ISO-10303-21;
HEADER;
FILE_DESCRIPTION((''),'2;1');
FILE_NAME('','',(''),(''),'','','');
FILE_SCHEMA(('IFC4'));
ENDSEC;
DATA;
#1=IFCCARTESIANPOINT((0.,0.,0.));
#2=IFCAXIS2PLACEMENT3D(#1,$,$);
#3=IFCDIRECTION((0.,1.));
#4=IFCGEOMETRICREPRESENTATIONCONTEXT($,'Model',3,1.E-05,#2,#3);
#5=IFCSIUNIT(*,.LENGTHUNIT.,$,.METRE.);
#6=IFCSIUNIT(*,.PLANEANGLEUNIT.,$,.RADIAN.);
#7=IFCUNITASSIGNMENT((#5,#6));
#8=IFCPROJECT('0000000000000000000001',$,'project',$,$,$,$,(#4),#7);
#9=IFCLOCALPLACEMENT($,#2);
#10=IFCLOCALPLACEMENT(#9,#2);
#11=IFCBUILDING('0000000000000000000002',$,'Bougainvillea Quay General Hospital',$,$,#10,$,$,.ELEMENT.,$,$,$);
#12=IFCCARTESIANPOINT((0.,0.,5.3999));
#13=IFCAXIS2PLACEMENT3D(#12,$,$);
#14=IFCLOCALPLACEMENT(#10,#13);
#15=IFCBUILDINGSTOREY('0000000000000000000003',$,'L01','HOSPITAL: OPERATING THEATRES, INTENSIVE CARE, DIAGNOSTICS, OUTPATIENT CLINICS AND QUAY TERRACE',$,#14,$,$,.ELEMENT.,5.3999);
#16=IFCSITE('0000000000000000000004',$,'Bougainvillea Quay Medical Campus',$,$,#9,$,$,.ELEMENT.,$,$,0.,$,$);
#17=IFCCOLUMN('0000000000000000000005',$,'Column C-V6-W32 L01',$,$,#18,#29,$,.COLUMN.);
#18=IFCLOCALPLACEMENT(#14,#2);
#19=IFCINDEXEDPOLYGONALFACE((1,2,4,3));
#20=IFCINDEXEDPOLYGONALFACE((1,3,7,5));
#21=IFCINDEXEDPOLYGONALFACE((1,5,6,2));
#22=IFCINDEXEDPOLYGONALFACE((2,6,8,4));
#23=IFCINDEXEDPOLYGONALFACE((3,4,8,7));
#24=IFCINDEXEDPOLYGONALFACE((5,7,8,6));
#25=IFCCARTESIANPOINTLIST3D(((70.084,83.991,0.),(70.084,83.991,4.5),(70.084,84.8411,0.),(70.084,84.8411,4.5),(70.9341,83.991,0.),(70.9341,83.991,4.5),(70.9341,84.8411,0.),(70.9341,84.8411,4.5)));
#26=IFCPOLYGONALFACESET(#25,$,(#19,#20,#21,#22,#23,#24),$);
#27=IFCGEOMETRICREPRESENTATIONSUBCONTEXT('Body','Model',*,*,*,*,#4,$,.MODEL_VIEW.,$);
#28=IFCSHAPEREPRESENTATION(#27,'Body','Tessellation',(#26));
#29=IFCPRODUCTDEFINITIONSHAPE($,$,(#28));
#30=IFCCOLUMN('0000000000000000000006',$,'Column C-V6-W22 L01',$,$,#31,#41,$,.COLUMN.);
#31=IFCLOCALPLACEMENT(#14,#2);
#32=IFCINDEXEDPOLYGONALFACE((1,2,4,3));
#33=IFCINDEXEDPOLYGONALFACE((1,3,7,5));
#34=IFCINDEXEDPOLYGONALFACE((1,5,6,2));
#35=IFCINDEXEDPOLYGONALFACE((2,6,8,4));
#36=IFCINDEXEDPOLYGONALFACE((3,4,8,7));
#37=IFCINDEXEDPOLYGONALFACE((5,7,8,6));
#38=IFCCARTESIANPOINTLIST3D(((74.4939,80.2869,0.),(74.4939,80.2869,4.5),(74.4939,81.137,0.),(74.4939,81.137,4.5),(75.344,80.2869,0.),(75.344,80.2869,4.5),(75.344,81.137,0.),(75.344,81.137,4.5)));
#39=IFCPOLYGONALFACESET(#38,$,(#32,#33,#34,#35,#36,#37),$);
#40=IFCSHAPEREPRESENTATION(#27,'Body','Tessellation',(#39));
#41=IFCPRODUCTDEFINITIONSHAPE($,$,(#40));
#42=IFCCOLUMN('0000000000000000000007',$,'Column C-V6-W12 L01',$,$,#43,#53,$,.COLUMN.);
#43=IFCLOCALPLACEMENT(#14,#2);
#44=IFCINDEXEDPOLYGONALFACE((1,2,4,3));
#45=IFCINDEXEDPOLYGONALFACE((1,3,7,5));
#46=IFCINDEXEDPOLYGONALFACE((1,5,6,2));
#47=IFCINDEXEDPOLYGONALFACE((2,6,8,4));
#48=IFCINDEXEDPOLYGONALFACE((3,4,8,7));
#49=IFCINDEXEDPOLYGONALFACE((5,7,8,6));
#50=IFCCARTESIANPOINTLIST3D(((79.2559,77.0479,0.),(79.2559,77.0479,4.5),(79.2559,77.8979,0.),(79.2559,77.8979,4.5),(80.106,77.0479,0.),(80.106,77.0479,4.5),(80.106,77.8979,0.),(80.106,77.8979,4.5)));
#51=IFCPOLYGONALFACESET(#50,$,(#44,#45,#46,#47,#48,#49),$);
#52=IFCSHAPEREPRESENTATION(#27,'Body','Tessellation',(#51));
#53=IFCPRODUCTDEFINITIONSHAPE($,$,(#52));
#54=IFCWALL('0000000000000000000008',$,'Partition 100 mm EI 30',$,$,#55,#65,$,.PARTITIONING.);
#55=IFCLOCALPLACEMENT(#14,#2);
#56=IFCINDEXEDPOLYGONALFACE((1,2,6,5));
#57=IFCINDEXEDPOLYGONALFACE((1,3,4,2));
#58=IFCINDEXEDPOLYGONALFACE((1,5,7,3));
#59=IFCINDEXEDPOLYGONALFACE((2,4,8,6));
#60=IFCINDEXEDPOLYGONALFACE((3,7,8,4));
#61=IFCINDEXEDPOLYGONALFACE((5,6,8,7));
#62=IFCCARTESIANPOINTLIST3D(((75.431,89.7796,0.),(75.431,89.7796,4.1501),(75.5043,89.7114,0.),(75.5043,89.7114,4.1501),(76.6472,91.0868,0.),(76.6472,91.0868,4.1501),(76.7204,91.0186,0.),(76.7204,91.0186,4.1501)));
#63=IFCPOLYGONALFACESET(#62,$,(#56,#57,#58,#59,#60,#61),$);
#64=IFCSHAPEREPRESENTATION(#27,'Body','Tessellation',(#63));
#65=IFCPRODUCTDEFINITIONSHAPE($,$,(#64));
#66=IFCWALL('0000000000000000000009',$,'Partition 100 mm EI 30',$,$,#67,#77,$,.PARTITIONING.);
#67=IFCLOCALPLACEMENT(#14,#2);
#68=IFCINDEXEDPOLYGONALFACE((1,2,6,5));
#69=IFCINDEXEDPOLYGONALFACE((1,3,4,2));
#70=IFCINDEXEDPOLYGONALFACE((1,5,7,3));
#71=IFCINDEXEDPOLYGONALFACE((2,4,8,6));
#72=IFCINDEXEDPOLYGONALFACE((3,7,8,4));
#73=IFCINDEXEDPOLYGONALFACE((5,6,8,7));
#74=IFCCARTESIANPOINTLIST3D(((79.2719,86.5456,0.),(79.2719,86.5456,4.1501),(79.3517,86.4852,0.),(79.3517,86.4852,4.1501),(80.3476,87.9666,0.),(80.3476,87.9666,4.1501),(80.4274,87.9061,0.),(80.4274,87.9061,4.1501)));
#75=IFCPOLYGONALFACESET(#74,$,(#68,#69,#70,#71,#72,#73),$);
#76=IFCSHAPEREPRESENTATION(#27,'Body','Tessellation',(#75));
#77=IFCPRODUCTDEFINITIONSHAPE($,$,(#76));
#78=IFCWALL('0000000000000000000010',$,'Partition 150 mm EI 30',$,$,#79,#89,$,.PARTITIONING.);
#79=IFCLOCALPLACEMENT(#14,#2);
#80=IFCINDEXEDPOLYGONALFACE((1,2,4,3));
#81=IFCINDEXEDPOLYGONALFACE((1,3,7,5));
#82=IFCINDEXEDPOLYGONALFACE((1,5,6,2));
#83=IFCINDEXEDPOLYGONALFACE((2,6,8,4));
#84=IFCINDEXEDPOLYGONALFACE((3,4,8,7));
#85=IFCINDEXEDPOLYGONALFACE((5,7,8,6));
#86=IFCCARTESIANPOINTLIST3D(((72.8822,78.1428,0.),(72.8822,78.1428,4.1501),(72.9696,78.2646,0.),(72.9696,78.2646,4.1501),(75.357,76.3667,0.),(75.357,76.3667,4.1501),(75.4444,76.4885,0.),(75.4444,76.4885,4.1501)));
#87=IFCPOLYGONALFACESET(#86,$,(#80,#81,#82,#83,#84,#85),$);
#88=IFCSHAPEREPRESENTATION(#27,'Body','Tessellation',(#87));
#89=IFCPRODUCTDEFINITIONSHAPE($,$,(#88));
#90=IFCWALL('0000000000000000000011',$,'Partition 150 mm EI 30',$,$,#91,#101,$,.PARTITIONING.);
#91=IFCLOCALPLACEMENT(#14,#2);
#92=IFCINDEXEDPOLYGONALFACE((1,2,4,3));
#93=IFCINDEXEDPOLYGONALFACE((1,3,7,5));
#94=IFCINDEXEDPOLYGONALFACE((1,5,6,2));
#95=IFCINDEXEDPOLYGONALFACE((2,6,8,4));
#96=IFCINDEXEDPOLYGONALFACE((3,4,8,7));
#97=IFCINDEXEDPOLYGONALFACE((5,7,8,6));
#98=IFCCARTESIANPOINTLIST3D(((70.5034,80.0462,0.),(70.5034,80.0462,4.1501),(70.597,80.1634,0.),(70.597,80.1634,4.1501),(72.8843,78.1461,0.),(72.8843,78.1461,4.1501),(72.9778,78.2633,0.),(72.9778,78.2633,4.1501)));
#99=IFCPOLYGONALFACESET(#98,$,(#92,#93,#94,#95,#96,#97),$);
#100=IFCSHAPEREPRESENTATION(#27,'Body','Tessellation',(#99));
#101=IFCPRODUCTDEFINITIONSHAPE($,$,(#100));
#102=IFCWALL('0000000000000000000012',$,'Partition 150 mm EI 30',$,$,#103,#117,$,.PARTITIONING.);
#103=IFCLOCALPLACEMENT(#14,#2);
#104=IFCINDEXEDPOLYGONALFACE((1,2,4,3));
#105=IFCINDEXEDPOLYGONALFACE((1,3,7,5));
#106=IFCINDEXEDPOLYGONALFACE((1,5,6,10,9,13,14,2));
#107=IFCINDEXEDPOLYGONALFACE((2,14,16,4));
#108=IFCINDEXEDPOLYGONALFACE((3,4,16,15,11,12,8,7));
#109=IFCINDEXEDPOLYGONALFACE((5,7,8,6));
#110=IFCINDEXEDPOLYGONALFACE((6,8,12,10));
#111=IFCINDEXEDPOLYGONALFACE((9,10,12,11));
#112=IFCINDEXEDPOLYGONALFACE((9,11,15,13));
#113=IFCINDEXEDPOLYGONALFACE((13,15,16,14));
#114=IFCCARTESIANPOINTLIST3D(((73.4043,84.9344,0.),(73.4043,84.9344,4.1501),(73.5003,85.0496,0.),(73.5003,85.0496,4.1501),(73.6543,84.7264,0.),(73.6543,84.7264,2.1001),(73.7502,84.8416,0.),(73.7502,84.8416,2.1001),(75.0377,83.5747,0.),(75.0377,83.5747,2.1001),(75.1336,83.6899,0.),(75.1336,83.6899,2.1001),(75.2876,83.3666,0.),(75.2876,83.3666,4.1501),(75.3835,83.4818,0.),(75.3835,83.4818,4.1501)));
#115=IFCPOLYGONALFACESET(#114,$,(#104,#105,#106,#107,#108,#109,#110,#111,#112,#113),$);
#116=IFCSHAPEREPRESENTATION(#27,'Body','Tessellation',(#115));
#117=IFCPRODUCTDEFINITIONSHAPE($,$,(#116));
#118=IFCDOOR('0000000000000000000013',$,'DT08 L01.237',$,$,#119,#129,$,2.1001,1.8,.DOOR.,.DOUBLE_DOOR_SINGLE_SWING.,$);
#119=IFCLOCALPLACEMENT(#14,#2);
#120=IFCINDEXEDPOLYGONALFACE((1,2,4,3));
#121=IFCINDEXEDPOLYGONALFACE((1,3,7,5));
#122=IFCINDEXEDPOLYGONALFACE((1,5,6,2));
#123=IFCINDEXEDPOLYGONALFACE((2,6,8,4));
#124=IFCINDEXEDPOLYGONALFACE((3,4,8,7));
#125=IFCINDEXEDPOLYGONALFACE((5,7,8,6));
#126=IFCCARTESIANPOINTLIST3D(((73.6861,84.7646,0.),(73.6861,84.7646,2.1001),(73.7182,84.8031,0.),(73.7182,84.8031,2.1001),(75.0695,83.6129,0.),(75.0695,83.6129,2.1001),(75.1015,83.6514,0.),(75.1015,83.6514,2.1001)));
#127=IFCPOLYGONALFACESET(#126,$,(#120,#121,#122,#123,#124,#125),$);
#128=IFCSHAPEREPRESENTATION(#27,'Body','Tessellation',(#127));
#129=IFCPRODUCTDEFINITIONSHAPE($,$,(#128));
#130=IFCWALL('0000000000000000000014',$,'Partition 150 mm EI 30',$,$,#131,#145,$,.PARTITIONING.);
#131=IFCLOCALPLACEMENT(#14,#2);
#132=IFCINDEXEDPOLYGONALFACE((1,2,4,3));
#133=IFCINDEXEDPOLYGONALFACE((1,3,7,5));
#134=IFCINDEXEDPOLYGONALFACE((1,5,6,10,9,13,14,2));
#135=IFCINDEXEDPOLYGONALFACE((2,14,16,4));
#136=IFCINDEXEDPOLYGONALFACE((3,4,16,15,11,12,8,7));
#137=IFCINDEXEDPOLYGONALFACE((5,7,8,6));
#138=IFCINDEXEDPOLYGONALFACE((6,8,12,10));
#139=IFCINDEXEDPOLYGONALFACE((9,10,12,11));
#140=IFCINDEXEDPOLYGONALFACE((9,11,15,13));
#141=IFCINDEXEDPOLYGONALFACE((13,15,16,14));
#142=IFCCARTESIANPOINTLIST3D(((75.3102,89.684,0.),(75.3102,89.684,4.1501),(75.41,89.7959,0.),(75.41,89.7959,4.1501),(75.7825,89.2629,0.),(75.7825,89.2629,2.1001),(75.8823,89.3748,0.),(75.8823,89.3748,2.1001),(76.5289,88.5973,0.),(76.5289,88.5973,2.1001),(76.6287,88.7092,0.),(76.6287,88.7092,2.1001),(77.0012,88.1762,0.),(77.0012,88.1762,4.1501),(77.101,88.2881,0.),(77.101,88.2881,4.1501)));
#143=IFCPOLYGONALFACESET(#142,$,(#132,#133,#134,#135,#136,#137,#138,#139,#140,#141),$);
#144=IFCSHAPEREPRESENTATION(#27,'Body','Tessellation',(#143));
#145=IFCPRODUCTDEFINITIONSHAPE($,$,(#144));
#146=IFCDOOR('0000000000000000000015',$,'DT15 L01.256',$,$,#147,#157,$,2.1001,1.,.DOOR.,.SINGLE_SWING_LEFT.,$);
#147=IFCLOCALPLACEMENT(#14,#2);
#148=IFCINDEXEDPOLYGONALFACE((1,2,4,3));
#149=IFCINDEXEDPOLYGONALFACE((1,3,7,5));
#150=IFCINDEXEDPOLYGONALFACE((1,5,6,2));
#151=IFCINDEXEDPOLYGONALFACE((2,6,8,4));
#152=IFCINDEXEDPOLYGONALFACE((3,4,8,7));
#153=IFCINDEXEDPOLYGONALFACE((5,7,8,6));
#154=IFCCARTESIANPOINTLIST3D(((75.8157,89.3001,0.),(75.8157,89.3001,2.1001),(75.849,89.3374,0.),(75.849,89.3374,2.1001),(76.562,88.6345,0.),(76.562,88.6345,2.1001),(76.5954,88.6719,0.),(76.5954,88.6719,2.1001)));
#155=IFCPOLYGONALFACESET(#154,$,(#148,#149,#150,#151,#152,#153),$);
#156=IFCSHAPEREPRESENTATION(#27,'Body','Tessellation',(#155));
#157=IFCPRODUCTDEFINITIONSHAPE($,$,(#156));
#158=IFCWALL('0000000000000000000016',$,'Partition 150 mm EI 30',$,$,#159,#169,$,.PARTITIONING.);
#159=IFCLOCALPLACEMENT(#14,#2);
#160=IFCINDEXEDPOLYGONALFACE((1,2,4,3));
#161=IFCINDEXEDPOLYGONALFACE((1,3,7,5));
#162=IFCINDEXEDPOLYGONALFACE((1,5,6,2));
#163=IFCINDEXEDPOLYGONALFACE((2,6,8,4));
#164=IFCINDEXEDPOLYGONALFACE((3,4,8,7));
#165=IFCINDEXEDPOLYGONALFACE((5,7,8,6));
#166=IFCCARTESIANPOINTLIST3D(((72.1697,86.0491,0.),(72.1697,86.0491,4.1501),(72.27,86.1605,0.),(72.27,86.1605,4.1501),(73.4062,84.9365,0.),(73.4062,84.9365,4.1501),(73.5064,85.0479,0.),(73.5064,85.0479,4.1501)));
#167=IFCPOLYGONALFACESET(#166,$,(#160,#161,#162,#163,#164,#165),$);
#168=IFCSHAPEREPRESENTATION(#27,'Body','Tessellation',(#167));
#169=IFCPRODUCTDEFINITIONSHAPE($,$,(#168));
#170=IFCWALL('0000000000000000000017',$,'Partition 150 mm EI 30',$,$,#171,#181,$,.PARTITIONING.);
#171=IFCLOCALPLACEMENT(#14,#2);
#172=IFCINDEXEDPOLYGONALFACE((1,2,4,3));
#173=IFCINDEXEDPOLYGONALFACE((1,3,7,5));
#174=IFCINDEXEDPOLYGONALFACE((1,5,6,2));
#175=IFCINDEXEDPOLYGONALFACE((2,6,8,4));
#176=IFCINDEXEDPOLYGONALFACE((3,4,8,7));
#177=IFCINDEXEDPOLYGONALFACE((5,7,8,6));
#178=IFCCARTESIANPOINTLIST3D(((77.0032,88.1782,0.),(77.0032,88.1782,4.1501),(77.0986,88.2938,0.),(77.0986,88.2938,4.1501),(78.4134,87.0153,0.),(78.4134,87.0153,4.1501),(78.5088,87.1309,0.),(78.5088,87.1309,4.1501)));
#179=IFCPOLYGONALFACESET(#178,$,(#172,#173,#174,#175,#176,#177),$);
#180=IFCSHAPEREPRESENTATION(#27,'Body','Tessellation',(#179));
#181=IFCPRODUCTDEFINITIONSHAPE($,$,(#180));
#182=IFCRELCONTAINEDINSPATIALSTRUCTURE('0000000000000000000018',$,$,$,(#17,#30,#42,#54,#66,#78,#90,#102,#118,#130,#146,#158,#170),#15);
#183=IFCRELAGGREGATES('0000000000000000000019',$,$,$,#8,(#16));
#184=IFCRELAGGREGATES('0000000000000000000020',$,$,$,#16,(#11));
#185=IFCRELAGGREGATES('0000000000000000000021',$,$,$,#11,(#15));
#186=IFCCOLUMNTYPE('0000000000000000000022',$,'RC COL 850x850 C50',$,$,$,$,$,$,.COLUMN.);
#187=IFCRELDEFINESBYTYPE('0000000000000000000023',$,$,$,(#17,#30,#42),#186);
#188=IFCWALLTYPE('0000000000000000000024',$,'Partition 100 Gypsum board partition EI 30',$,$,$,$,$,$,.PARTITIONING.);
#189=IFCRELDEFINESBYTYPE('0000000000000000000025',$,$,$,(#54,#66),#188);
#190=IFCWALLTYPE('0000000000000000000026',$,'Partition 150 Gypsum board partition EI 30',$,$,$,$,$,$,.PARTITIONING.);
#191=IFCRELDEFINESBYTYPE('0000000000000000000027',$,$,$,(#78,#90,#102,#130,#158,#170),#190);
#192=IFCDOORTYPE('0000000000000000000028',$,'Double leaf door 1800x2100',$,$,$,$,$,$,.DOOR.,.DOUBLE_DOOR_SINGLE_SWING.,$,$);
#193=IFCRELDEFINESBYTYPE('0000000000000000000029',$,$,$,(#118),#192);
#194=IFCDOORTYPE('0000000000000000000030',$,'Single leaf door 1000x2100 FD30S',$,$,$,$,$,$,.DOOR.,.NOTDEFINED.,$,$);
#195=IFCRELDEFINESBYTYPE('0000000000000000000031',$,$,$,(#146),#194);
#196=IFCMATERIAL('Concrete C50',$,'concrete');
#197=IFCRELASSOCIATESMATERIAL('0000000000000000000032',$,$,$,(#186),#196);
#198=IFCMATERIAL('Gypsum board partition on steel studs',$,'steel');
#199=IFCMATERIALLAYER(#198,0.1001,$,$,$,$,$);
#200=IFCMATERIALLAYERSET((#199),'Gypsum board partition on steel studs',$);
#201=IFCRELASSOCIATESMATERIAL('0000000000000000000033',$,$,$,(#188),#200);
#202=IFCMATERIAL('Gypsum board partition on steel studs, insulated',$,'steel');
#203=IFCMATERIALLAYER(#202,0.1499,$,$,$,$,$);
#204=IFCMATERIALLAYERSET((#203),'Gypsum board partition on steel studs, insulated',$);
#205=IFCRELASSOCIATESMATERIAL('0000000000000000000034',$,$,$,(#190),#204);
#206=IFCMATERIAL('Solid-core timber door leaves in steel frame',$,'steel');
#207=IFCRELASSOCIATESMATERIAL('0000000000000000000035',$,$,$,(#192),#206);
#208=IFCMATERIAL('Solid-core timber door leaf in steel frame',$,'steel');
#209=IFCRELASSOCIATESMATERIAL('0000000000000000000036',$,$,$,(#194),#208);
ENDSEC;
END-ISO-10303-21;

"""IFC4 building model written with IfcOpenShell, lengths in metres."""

from ifc_helpers import new_model, si_unit, direction, frame, frame_2d, origin, origin_2d, place, context, subcontext, project, spatial, rectangle, extrude, material, layer, layer_set, material_profile, profile_set, type_object, element, fill, save


model = new_model("IFC4")

# Units and contexts
model_context = context("Model", 3, precision=1e-05, world=origin(), true_north=direction((0.0, 1.0)))
body_context = subcontext(model_context, "Body", "Model", "MODEL_VIEW")
ifc_project = project(units=[si_unit("LENGTHUNIT", "METRE"), si_unit("PLANEANGLEUNIT", "RADIAN")], contexts=[model_context])

# Site, building, storey
site_placement = place(None, origin())
site = spatial("IfcSite", under=ifc_project, at=site_placement, Name="Bougainvillea Quay Medical Campus", CompositionType="ELEMENT", RefElevation=0.0)
building_placement = place(site_placement, origin())
building = spatial("IfcBuilding", under=site, at=building_placement, Name="Bougainvillea Quay General Hospital", CompositionType="ELEMENT")
storey_placement = place(building_placement, frame((0.0, 0.0, 5.3999)))
storey = spatial("IfcBuildingStorey", under=building, at=storey_placement, Name="L01", Description="HOSPITAL: OPERATING THEATRES, INTENSIVE CARE, DIAGNOSTICS, OUTPATIENT CLINICS AND QUAY TERRACE", CompositionType="ELEMENT", Elevation=5.3999)

# Columns
ifc_material_1 = material(Name="Concrete C50", Category="concrete")
ifc_material_profile = material_profile(ifc_material_1, rectangle(XDim=0.8501, YDim=0.8501, at=origin_2d()))
ifc_profile_set = profile_set([ifc_material_profile], Name="Concrete C50")
column_type = type_object("IfcColumnType", Name="RC COL 850x850 C50", PredefinedType="COLUMN", material=ifc_profile_set)
for number, where, z_axis, x_axis, name in (
    (1, (70.509, 84.416, 0.0), (0.0, 0.0, 1.0), (1.0, 0.0, 0.0), "Column C-V6-W32 L01"),
    (2, (74.9189, 80.7119, 0.0), (0.0, 0.0, 1.0), (1.0, 0.0, 0.0), "Column C-V6-W22 L01"),
    (3, (79.6809, 77.4729, 0.0), (0.0, 0.0, 1.0), (1.0, 0.0, 0.0), "Column C-V6-W12 L01"),
):
    element("IfcColumn", number, at=place(storey_placement, frame(where, z_axis=z_axis, x_axis=x_axis)), inside=storey, type_object=column_type, Name=name, PredefinedType="COLUMN", context=body_context, shape_type="SweptSolid", body=[
        extrude(rectangle(XDim=0.8501, YDim=0.8501, at=origin_2d()), origin(), (0.0, 0.0, 1.0), 4.5),
    ])

# Walls
ifc_material_2 = material(Name="Gypsum board partition on steel studs", Category="steel")
ifc_layer_1 = layer(ifc_material_2, 0.1001)
ifc_layer_set_1 = layer_set([ifc_layer_1], Name="Gypsum board partition on steel studs")
wall_type_1 = type_object("IfcWallType", Name="Partition 100 Gypsum board partition EI 30", PredefinedType="PARTITIONING", material=ifc_layer_set_1)
wall_1_placement = place(storey_placement, frame((75.4678, 89.7456, 0.0), z_axis=(0.0, 0.0, 1.0), x_axis=(0.681143, 0.73215, 0.0)))
element("IfcWall", 4, at=wall_1_placement, inside=storey, type_object=wall_type_1, Name="Partition 100 mm EI 30", PredefinedType="PARTITIONING", context=body_context, shape_type="SweptSolid", body=[
    extrude(rectangle(XDim=1.7854, YDim=0.1001, at=frame_2d((0.8926, 0.0))), origin(), (0.0, 0.0, 1.0), 4.1501),
])
wall_2_placement = place(storey_placement, frame((79.3118, 86.5154, 0.0), z_axis=(0.0, 0.0, 1.0), x_axis=(0.603589, 0.797296, 0.0)))
element("IfcWall", 5, at=wall_2_placement, inside=storey, type_object=wall_type_1, Name="Partition 100 mm EI 30", PredefinedType="PARTITIONING", context=body_context, shape_type="SweptSolid", body=[
    extrude(rectangle(XDim=1.7822, YDim=0.1001, at=frame_2d((0.8911, 0.0))), origin(), (0.0, 0.0, 1.0), 4.1501),
])
ifc_material_3 = material(Name="Gypsum board partition on steel studs, insulated", Category="steel")
ifc_layer_2 = layer(ifc_material_3, 0.1499)
ifc_layer_set_2 = layer_set([ifc_layer_2], Name="Gypsum board partition on steel studs, insulated")
wall_type_2 = type_object("IfcWallType", Name="Partition 150 Gypsum board partition EI 30", PredefinedType="PARTITIONING", material=ifc_layer_set_2)
for number, where, z_axis, x_axis, name in (
    (6, (72.926, 78.2036, 0.0), (0.0, 0.0, 1.0), (0.812432, -0.583056, 0.0), "Partition 150 mm EI 30"),
    (7, (70.5503, 80.1047, 0.0), (0.0, 0.0, 1.0), (0.781595, -0.623786, 0.0), "Partition 150 mm EI 30"),
):
    element("IfcWall", number, at=place(storey_placement, frame(where, z_axis=z_axis, x_axis=x_axis)), inside=storey, type_object=wall_type_2, Name=name, PredefinedType="PARTITIONING", context=body_context, shape_type="SweptSolid", body=[
        extrude(rectangle(XDim=3.0461, YDim=0.1499, at=frame_2d((1.5229, 0.0))), origin(), (0.0, 0.0, 1.0), 4.1501),
    ])

# Walls, openings, doors
wall_3_placement = place(storey_placement, frame((73.4524, 84.9919, 0.0), z_axis=(0.0, 0.0, 1.0), x_axis=(0.768532, -0.639812, 0.0)))
wall_3 = element("IfcWall", 8, at=wall_3_placement, inside=storey, type_object=wall_type_2, Name="Partition 150 mm EI 30", PredefinedType="PARTITIONING", context=body_context, shape_type="SweptSolid", body=[
    extrude(rectangle(XDim=2.4504, YDim=0.1499, at=frame_2d((1.2251, 0.0))), origin(), (0.0, 0.0, 1.0), 4.1501),
])
opening_1_placement = place(wall_3_placement, frame((0.3252, 0.0, 0.0)))
opening_1 = element("IfcOpeningElement", 9, at=opening_1_placement, cuts=wall_3, PredefinedType="OPENING", context=body_context, shape_type="SweptSolid", body=[
    extrude(rectangle(XDim=1.8, YDim=2.1001, at=frame_2d((0.8999, 1.05))), frame((0.0, 0.085, 0.0), z_axis=(0.0, -1.0, 0.0), x_axis=(1.0, 0.0, 0.0)), (0.0, 0.0, 1.0), 0.1699),
])
ifc_material_4 = material(Name="Solid-core timber door leaves in steel frame", Category="steel")
door_type_1 = type_object("IfcDoorType", Name="Double leaf door 1800x2100", OperationType="DOUBLE_DOOR_SINGLE_SWING", PredefinedType="DOOR", material=ifc_material_4)
door_1_placement = place(opening_1_placement, origin())
door_1 = element("IfcDoor", 10, at=door_1_placement, inside=storey, type_object=door_type_1, Name="DT08 L01.237", OperationType="DOUBLE_DOOR_SINGLE_SWING", OverallHeight=2.1001, OverallWidth=1.8, PredefinedType="DOOR", context=body_context, shape_type="SweptSolid", body=[
    extrude(rectangle(XDim=1.8, YDim=2.1001, at=frame_2d((0.8999, 1.05))), frame((0.0, 0.0249, 0.0), z_axis=(0.0, -1.0, 0.0), x_axis=(1.0, 0.0, 0.0)), (0.0, 0.0, 1.0), 0.05),
])
fill(opening_1, door_1)
wall_4_placement = place(storey_placement, frame((75.3601, 89.74, 0.0), z_axis=(0.0, 0.0, 1.0), x_axis=(0.746362, -0.66554, 0.0)))
wall_4 = element("IfcWall", 11, at=wall_4_placement, inside=storey, type_object=wall_type_2, Name="Partition 150 mm EI 30", PredefinedType="PARTITIONING", context=body_context, shape_type="SweptSolid", body=[
    extrude(rectangle(XDim=2.2656, YDim=0.1499, at=frame_2d((1.1328, 0.0))), origin(), (0.0, 0.0, 1.0), 4.1501),
])
opening_2_placement = place(wall_4_placement, frame((0.6328, 0.0, 0.0)))
opening_2 = element("IfcOpeningElement", 12, at=opening_2_placement, cuts=wall_4, PredefinedType="OPENING", context=body_context, shape_type="SweptSolid", body=[
    extrude(rectangle(XDim=1.0, YDim=2.1001, at=frame_2d((0.5, 1.05))), frame((0.0, 0.085, 0.0), z_axis=(0.0, -1.0, 0.0), x_axis=(1.0, 0.0, 0.0)), (0.0, 0.0, 1.0), 0.1699),
])
ifc_material_5 = material(Name="Solid-core timber door leaf in steel frame", Category="steel")
door_type_2 = type_object("IfcDoorType", Name="Single leaf door 1000x2100 FD30S", OperationType="NOTDEFINED", PredefinedType="DOOR", material=ifc_material_5)
door_2_placement = place(opening_2_placement, origin())
door_2 = element("IfcDoor", 13, at=door_2_placement, inside=storey, type_object=door_type_2, Name="DT15 L01.256", OperationType="SINGLE_SWING_LEFT", OverallHeight=2.1001, OverallWidth=1.0, PredefinedType="DOOR", context=body_context, shape_type="SweptSolid", body=[
    extrude(rectangle(XDim=1.0, YDim=2.1001, at=frame_2d((0.5, 1.05))), frame((0.0, 0.0249, 0.0), z_axis=(0.0, -1.0, 0.0), x_axis=(1.0, 0.0, 0.0)), (0.0, 0.0, 1.0), 0.05),
])
fill(opening_2, door_2)

# Walls
wall_5_placement = place(storey_placement, frame((72.22, 86.1047, 0.0), z_axis=(0.0, 0.0, 1.0), x_axis=(0.743338, -0.668916, 0.0)))
element("IfcWall", 14, at=wall_5_placement, inside=storey, type_object=wall_type_2, Name="Partition 150 mm EI 30", PredefinedType="PARTITIONING", context=body_context, shape_type="SweptSolid", body=[
    extrude(rectangle(XDim=1.6633, YDim=0.1499, at=frame_2d((0.8315, 0.0))), origin(), (0.0, 0.0, 1.0), 4.1501),
])
wall_6_placement = place(storey_placement, frame((77.0508, 88.2361, 0.0), z_axis=(0.0, 0.0, 1.0), x_axis=(0.771518, -0.636208, 0.0)))
element("IfcWall", 15, at=wall_6_placement, inside=storey, type_object=wall_type_2, Name="Partition 150 mm EI 30", PredefinedType="PARTITIONING", context=body_context, shape_type="SweptSolid", body=[
    extrude(rectangle(XDim=1.8279, YDim=0.1499, at=frame_2d((0.9141, 0.0))), origin(), (0.0, 0.0, 1.0), 4.1501),
])

save(model, "model.ifc")
